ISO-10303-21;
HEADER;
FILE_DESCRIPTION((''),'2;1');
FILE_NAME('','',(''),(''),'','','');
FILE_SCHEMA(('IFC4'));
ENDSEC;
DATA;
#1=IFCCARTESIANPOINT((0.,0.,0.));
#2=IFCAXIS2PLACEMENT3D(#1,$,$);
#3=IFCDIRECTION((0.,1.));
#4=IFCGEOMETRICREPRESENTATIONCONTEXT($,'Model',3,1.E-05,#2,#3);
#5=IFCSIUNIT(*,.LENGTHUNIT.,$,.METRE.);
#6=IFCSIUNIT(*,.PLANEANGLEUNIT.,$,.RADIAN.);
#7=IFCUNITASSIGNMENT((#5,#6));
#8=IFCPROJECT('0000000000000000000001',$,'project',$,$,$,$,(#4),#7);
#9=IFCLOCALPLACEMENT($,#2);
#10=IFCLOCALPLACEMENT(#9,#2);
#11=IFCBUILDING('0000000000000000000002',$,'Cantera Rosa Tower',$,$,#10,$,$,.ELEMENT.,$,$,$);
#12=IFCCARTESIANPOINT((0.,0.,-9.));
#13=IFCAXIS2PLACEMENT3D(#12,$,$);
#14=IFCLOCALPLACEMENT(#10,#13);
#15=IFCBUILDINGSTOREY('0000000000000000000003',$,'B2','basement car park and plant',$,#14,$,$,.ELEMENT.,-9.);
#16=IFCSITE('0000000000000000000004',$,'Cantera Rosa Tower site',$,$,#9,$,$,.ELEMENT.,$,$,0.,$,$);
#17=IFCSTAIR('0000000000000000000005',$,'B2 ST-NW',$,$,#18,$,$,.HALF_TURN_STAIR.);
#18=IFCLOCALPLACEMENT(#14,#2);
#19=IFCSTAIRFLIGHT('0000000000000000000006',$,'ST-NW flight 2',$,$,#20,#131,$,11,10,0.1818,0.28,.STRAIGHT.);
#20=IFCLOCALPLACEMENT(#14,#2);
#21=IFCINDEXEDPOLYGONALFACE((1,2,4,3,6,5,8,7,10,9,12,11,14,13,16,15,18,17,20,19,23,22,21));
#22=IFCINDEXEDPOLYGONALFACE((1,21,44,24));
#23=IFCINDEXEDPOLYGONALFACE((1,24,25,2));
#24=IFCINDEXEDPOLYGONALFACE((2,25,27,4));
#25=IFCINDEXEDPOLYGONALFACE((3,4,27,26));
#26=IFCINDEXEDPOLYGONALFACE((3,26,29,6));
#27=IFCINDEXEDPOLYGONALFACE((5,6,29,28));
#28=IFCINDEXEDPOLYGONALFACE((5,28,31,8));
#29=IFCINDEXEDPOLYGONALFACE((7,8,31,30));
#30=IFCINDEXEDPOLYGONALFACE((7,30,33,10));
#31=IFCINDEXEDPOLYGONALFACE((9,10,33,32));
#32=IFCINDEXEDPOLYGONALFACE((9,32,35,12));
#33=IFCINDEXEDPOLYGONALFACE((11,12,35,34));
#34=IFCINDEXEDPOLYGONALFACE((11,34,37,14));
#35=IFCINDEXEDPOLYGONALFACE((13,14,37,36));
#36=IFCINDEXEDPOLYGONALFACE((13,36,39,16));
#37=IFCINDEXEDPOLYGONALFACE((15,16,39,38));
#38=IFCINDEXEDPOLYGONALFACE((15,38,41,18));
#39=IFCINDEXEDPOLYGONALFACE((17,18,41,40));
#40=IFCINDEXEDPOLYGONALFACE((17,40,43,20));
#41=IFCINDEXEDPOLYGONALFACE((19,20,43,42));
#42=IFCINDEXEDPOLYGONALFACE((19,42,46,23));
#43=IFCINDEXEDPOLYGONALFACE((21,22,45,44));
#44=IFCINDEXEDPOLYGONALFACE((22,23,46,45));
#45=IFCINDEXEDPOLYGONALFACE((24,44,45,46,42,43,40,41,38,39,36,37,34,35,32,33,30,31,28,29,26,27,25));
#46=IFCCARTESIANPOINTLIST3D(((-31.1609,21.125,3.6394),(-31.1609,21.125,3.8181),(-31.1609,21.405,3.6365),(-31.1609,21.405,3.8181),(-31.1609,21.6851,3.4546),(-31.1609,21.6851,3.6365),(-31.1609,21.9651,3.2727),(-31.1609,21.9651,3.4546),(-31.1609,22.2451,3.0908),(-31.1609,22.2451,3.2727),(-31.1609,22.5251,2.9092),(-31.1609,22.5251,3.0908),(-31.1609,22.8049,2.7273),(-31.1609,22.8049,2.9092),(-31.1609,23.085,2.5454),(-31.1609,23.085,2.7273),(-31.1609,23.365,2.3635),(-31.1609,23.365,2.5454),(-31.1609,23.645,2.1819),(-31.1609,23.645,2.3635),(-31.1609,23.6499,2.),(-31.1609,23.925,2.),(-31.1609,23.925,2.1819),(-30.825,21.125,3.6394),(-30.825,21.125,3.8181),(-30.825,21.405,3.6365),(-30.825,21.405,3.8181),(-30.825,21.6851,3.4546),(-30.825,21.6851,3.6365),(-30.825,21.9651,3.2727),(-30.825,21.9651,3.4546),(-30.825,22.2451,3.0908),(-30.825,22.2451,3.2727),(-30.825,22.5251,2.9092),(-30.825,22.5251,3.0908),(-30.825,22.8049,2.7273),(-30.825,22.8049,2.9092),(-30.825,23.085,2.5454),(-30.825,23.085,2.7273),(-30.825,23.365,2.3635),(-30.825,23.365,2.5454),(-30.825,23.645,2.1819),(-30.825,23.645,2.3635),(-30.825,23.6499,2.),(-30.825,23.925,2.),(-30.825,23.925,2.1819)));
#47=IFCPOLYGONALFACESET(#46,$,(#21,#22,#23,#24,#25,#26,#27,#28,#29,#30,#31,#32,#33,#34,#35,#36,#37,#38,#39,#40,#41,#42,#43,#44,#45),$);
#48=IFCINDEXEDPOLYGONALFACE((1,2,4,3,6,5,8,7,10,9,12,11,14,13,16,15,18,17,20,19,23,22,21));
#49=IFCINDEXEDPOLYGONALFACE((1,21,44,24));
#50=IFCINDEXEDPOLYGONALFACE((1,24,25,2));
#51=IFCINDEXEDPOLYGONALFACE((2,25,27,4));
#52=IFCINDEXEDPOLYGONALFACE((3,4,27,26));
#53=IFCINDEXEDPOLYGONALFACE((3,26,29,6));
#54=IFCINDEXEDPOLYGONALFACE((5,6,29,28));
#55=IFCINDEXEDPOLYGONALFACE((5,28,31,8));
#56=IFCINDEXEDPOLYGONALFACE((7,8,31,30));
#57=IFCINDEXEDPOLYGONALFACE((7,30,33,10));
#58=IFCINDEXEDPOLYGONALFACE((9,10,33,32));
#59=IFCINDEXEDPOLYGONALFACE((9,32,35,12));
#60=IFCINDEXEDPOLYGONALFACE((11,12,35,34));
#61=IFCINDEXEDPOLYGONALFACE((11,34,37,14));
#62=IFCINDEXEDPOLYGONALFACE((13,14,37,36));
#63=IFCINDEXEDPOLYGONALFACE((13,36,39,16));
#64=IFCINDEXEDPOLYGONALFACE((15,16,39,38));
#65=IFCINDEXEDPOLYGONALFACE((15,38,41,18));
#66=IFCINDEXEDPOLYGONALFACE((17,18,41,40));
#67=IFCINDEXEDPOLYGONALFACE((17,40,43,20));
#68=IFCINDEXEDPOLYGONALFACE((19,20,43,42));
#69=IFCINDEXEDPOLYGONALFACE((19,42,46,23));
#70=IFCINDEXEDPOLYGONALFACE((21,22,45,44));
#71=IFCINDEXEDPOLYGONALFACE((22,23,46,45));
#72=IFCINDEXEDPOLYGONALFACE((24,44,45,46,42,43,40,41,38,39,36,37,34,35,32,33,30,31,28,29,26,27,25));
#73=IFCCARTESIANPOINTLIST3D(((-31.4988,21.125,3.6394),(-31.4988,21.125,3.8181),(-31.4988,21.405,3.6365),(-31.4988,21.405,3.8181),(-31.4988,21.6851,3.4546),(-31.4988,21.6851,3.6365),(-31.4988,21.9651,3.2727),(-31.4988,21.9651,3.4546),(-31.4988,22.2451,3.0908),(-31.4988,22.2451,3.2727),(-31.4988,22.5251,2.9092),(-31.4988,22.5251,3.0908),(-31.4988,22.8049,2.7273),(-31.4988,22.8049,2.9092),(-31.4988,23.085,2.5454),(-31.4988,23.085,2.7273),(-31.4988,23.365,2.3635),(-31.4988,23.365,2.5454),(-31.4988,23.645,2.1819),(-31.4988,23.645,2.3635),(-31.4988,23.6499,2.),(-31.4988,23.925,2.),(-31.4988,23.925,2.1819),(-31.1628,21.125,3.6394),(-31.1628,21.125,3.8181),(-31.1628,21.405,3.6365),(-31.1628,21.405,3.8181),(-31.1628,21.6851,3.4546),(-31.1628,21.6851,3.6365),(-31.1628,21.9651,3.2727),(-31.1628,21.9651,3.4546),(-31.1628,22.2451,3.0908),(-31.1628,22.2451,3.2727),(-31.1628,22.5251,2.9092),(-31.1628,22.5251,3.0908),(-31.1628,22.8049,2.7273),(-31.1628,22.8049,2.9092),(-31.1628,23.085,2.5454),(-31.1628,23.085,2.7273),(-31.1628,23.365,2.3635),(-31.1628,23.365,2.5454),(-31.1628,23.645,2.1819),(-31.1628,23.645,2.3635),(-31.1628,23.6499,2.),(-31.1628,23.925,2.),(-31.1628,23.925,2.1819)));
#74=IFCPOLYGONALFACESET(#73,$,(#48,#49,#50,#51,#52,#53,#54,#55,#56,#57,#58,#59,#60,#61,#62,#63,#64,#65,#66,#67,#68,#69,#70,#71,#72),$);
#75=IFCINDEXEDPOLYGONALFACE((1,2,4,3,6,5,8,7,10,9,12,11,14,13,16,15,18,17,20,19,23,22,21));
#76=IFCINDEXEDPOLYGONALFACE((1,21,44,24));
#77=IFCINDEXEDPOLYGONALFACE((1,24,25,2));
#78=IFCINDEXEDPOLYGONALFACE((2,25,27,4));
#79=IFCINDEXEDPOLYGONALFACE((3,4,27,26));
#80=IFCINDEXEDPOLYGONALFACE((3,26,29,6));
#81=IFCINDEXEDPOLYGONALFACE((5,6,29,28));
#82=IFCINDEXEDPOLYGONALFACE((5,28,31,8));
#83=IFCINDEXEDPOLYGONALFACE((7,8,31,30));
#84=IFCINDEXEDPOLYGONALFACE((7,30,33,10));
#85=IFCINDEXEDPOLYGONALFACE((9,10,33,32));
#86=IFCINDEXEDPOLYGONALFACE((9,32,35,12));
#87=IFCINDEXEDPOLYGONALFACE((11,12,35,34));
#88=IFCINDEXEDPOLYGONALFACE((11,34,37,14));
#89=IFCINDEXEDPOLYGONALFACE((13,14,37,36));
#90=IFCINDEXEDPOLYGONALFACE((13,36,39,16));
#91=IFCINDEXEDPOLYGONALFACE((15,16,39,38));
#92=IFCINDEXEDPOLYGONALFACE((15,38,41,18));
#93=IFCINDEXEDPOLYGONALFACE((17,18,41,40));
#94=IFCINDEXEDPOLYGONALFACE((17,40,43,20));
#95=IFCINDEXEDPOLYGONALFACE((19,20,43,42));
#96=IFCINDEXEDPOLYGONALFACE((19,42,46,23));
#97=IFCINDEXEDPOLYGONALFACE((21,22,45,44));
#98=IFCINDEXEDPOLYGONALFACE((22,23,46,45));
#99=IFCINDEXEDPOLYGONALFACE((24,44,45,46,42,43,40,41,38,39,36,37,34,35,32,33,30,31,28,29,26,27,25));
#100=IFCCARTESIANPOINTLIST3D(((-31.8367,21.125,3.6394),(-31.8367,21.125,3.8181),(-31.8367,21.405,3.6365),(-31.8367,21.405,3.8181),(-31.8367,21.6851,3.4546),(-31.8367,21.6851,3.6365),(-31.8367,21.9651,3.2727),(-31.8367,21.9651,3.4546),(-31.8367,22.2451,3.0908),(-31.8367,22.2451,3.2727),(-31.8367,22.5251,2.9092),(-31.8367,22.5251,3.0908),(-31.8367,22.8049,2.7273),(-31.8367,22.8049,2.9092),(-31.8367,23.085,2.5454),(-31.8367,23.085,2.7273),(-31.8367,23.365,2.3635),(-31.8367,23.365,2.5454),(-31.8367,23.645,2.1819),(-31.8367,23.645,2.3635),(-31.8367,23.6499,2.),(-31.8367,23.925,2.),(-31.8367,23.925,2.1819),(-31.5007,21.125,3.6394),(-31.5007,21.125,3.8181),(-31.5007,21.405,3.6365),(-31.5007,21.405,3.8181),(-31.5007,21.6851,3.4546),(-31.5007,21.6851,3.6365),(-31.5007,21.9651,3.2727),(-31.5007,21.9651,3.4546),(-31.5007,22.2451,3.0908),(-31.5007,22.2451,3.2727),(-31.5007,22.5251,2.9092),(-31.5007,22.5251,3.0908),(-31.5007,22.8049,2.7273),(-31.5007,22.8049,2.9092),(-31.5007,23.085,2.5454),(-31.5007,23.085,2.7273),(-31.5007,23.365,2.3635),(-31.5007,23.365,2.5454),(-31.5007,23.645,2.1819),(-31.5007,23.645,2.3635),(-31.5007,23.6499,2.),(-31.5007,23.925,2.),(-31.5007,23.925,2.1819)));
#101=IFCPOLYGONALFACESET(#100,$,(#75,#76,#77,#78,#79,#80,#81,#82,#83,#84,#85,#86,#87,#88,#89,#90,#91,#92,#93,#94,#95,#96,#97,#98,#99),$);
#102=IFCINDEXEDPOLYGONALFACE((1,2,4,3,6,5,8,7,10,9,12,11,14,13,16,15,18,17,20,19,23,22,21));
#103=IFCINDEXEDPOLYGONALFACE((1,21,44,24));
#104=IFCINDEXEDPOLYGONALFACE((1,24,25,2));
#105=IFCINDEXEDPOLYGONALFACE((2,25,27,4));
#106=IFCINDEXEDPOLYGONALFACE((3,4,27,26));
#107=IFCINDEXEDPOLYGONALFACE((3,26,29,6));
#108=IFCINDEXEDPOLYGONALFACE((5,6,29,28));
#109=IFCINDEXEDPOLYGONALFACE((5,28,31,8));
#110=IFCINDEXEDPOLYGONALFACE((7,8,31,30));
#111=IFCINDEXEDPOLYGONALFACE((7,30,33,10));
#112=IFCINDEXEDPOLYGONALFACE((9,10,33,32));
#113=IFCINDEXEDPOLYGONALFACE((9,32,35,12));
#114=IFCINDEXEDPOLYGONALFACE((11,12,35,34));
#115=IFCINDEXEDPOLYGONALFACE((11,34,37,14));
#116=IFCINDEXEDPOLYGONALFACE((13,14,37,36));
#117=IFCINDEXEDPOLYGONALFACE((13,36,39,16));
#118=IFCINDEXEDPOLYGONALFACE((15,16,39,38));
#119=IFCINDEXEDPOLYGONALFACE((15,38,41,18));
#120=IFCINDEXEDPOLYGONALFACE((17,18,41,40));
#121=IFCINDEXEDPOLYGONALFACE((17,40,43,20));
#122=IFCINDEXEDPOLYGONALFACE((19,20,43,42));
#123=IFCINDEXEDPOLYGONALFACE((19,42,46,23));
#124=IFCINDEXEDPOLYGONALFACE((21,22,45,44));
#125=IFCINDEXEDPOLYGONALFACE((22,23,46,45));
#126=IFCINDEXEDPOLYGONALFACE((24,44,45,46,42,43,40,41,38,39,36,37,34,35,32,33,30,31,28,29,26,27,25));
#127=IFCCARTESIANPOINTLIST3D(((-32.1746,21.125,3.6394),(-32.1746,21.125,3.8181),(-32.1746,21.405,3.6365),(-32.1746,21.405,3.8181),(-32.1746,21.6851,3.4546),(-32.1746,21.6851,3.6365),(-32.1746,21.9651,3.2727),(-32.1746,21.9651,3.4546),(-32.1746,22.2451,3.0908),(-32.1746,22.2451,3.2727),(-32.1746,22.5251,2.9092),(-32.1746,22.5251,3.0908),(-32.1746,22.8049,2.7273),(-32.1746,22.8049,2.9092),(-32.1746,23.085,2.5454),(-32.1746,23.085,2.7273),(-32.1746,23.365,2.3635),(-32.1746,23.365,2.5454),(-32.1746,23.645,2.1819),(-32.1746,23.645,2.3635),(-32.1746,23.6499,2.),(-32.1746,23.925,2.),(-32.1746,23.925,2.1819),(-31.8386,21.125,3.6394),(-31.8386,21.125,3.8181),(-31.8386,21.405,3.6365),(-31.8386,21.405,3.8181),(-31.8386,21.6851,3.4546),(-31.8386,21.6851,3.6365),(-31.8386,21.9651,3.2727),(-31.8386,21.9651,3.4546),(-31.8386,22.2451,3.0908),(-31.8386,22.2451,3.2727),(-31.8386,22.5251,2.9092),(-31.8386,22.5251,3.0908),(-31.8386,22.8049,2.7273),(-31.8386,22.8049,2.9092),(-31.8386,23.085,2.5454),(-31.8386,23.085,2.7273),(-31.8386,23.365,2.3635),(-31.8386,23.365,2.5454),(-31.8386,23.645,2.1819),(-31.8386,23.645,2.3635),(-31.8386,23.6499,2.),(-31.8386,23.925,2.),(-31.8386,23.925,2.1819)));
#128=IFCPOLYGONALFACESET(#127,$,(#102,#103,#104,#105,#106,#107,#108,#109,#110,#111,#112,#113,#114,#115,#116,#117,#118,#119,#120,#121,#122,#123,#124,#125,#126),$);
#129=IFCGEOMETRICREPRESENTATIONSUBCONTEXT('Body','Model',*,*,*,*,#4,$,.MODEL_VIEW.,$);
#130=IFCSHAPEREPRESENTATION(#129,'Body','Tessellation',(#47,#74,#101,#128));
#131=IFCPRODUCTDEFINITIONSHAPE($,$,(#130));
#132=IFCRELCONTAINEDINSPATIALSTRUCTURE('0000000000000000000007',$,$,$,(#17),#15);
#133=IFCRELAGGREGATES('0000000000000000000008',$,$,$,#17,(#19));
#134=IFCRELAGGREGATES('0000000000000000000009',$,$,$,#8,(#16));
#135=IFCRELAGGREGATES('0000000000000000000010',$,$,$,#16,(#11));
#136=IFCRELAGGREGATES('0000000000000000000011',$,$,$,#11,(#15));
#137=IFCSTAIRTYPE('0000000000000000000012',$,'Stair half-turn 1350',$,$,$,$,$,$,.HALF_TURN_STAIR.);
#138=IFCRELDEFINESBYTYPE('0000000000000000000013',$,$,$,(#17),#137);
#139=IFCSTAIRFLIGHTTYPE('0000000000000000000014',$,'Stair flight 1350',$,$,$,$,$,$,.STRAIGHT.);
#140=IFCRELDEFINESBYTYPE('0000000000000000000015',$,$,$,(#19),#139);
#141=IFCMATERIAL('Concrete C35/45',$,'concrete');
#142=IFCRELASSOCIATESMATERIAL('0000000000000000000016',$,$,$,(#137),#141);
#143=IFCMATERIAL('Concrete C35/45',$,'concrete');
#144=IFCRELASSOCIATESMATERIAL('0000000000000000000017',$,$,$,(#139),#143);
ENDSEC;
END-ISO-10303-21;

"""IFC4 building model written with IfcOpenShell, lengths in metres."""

from ifc_helpers import new_model, si_unit, direction, frame, origin, place, context, subcontext, project, spatial, polyline, outline, extrude, material, type_object, element, aggregate, save


model = new_model("IFC4")

# Units and contexts
model_context = context("Model", 3, precision=1e-05, world=origin(), true_north=direction((0.0, 1.0)))
body_context = subcontext(model_context, "Body", "Model", "MODEL_VIEW")
ifc_project = project(units=[si_unit("LENGTHUNIT", "METRE"), si_unit("PLANEANGLEUNIT", "RADIAN")], contexts=[model_context])

# Site, building, storey
site_placement = place(None, origin())
site = spatial("IfcSite", under=ifc_project, at=site_placement, Name="Cantera Rosa Tower site", CompositionType="ELEMENT", RefElevation=0.0)
building_placement = place(site_placement, origin())
building = spatial("IfcBuilding", under=site, at=building_placement, Name="Cantera Rosa Tower", CompositionType="ELEMENT")
storey_placement = place(building_placement, frame((0.0, 0.0, -9.0)))
storey = spatial("IfcBuildingStorey", under=building, at=storey_placement, Name="B2", Description="basement car park and plant", CompositionType="ELEMENT", Elevation=-9.0)

# Stair, stair flight
ifc_material_1 = material(Name="Concrete C35/45", Category="concrete")
stair_type = type_object("IfcStairType", Name="Stair half-turn 1350", PredefinedType="HALF_TURN_STAIR", material=ifc_material_1)
stair_placement = place(storey_placement, origin())
stair = element("IfcStair", 1, at=stair_placement, inside=storey, type_object=stair_type, Name="B2 ST-NW", PredefinedType="HALF_TURN_STAIR")
ifc_material_2 = material(Name="Concrete C35/45", Category="concrete")
stair_flight_type = type_object("IfcStairFlightType", Name="Stair flight 1350", PredefinedType="STRAIGHT", material=ifc_material_2)
stair_flight_1_placement = place(storey_placement, frame((-31.5, 23.925, 2.0), z_axis=(0.0, 0.0, 1.0), x_axis=(0.0, -1.0, 0.0)))
stair_flight_1 = element("IfcStairFlight", 2, at=stair_flight_1_placement, type_object=stair_flight_type, Name="ST-NW flight 2", NumberOfRisers=11, NumberOfTreads=10, PredefinedType="STRAIGHT", RiserHeight=0.1818, TreadLength=0.28, context=body_context, shape_type="SweptSolid", body=[
    extrude(outline(polyline([(0.0, 0.0), (0.0, 0.1819), (0.28, 0.1819), (0.28, 0.3635), (0.5601, 0.3635), (0.5601, 0.5454), (0.8401, 0.5454), (0.8401, 0.7273), (1.1201, 0.7273), (1.1201, 0.9092), (1.3999, 0.9092), (1.3999, 1.0908), (1.6799, 1.0908), (1.6799, 1.2727), (1.96, 1.2727), (1.96, 1.4546), (2.24, 1.4546), (2.24, 1.6365), (2.52, 1.6365), (2.52, 1.8181), (2.8, 1.8181), (2.8, 2.0), (2.8, 1.6394), (0.2751, 0.0), (0.0, 0.0)])), frame((0.0, 0.675, 0.0), z_axis=(0.0, -1.0, 0.0), x_axis=(1.0, 0.0, 0.0)), (0.0, 0.0, 1.0), 0.3359),
    extrude(outline(polyline([(0.0, 0.0), (0.0, 0.1819), (0.28, 0.1819), (0.28, 0.3635), (0.5601, 0.3635), (0.5601, 0.5454), (0.8401, 0.5454), (0.8401, 0.7273), (1.1201, 0.7273), (1.1201, 0.9092), (1.3999, 0.9092), (1.3999, 1.0908), (1.6799, 1.0908), (1.6799, 1.2727), (1.96, 1.2727), (1.96, 1.4546), (2.24, 1.4546), (2.24, 1.6365), (2.52, 1.6365), (2.52, 1.8181), (2.8, 1.8181), (2.8, 2.0), (2.8, 1.6394), (0.2751, 0.0), (0.0, 0.0)])), frame((0.0, 0.3372, 0.0), z_axis=(0.0, -1.0, 0.0), x_axis=(1.0, 0.0, 0.0)), (0.0, 0.0, 1.0), 0.3359),
    extrude(outline(polyline([(0.0, 0.0), (0.0, 0.1819), (0.28, 0.1819), (0.28, 0.3635), (0.5601, 0.3635), (0.5601, 0.5454), (0.8401, 0.5454), (0.8401, 0.7273), (1.1201, 0.7273), (1.1201, 0.9092), (1.3999, 0.9092), (1.3999, 1.0908), (1.6799, 1.0908), (1.6799, 1.2727), (1.96, 1.2727), (1.96, 1.4546), (2.24, 1.4546), (2.24, 1.6365), (2.52, 1.6365), (2.52, 1.8181), (2.8, 1.8181), (2.8, 2.0), (2.8, 1.6394), (0.2751, 0.0), (0.0, 0.0)])), frame((0.0, -0.0007, 0.0), z_axis=(0.0, -1.0, 0.0), x_axis=(1.0, 0.0, 0.0)), (0.0, 0.0, 1.0), 0.3359),
    extrude(outline(polyline([(0.0, 0.0), (0.0, 0.1819), (0.28, 0.1819), (0.28, 0.3635), (0.5601, 0.3635), (0.5601, 0.5454), (0.8401, 0.5454), (0.8401, 0.7273), (1.1201, 0.7273), (1.1201, 0.9092), (1.3999, 0.9092), (1.3999, 1.0908), (1.6799, 1.0908), (1.6799, 1.2727), (1.96, 1.2727), (1.96, 1.4546), (2.24, 1.4546), (2.24, 1.6365), (2.52, 1.6365), (2.52, 1.8181), (2.8, 1.8181), (2.8, 2.0), (2.8, 1.6394), (0.2751, 0.0), (0.0, 0.0)])), frame((0.0, -0.3386, 0.0), z_axis=(0.0, -1.0, 0.0), x_axis=(1.0, 0.0, 0.0)), (0.0, 0.0, 1.0), 0.3359),
])
aggregate(stair, [stair_flight_1])

save(model, "model.ifc")
